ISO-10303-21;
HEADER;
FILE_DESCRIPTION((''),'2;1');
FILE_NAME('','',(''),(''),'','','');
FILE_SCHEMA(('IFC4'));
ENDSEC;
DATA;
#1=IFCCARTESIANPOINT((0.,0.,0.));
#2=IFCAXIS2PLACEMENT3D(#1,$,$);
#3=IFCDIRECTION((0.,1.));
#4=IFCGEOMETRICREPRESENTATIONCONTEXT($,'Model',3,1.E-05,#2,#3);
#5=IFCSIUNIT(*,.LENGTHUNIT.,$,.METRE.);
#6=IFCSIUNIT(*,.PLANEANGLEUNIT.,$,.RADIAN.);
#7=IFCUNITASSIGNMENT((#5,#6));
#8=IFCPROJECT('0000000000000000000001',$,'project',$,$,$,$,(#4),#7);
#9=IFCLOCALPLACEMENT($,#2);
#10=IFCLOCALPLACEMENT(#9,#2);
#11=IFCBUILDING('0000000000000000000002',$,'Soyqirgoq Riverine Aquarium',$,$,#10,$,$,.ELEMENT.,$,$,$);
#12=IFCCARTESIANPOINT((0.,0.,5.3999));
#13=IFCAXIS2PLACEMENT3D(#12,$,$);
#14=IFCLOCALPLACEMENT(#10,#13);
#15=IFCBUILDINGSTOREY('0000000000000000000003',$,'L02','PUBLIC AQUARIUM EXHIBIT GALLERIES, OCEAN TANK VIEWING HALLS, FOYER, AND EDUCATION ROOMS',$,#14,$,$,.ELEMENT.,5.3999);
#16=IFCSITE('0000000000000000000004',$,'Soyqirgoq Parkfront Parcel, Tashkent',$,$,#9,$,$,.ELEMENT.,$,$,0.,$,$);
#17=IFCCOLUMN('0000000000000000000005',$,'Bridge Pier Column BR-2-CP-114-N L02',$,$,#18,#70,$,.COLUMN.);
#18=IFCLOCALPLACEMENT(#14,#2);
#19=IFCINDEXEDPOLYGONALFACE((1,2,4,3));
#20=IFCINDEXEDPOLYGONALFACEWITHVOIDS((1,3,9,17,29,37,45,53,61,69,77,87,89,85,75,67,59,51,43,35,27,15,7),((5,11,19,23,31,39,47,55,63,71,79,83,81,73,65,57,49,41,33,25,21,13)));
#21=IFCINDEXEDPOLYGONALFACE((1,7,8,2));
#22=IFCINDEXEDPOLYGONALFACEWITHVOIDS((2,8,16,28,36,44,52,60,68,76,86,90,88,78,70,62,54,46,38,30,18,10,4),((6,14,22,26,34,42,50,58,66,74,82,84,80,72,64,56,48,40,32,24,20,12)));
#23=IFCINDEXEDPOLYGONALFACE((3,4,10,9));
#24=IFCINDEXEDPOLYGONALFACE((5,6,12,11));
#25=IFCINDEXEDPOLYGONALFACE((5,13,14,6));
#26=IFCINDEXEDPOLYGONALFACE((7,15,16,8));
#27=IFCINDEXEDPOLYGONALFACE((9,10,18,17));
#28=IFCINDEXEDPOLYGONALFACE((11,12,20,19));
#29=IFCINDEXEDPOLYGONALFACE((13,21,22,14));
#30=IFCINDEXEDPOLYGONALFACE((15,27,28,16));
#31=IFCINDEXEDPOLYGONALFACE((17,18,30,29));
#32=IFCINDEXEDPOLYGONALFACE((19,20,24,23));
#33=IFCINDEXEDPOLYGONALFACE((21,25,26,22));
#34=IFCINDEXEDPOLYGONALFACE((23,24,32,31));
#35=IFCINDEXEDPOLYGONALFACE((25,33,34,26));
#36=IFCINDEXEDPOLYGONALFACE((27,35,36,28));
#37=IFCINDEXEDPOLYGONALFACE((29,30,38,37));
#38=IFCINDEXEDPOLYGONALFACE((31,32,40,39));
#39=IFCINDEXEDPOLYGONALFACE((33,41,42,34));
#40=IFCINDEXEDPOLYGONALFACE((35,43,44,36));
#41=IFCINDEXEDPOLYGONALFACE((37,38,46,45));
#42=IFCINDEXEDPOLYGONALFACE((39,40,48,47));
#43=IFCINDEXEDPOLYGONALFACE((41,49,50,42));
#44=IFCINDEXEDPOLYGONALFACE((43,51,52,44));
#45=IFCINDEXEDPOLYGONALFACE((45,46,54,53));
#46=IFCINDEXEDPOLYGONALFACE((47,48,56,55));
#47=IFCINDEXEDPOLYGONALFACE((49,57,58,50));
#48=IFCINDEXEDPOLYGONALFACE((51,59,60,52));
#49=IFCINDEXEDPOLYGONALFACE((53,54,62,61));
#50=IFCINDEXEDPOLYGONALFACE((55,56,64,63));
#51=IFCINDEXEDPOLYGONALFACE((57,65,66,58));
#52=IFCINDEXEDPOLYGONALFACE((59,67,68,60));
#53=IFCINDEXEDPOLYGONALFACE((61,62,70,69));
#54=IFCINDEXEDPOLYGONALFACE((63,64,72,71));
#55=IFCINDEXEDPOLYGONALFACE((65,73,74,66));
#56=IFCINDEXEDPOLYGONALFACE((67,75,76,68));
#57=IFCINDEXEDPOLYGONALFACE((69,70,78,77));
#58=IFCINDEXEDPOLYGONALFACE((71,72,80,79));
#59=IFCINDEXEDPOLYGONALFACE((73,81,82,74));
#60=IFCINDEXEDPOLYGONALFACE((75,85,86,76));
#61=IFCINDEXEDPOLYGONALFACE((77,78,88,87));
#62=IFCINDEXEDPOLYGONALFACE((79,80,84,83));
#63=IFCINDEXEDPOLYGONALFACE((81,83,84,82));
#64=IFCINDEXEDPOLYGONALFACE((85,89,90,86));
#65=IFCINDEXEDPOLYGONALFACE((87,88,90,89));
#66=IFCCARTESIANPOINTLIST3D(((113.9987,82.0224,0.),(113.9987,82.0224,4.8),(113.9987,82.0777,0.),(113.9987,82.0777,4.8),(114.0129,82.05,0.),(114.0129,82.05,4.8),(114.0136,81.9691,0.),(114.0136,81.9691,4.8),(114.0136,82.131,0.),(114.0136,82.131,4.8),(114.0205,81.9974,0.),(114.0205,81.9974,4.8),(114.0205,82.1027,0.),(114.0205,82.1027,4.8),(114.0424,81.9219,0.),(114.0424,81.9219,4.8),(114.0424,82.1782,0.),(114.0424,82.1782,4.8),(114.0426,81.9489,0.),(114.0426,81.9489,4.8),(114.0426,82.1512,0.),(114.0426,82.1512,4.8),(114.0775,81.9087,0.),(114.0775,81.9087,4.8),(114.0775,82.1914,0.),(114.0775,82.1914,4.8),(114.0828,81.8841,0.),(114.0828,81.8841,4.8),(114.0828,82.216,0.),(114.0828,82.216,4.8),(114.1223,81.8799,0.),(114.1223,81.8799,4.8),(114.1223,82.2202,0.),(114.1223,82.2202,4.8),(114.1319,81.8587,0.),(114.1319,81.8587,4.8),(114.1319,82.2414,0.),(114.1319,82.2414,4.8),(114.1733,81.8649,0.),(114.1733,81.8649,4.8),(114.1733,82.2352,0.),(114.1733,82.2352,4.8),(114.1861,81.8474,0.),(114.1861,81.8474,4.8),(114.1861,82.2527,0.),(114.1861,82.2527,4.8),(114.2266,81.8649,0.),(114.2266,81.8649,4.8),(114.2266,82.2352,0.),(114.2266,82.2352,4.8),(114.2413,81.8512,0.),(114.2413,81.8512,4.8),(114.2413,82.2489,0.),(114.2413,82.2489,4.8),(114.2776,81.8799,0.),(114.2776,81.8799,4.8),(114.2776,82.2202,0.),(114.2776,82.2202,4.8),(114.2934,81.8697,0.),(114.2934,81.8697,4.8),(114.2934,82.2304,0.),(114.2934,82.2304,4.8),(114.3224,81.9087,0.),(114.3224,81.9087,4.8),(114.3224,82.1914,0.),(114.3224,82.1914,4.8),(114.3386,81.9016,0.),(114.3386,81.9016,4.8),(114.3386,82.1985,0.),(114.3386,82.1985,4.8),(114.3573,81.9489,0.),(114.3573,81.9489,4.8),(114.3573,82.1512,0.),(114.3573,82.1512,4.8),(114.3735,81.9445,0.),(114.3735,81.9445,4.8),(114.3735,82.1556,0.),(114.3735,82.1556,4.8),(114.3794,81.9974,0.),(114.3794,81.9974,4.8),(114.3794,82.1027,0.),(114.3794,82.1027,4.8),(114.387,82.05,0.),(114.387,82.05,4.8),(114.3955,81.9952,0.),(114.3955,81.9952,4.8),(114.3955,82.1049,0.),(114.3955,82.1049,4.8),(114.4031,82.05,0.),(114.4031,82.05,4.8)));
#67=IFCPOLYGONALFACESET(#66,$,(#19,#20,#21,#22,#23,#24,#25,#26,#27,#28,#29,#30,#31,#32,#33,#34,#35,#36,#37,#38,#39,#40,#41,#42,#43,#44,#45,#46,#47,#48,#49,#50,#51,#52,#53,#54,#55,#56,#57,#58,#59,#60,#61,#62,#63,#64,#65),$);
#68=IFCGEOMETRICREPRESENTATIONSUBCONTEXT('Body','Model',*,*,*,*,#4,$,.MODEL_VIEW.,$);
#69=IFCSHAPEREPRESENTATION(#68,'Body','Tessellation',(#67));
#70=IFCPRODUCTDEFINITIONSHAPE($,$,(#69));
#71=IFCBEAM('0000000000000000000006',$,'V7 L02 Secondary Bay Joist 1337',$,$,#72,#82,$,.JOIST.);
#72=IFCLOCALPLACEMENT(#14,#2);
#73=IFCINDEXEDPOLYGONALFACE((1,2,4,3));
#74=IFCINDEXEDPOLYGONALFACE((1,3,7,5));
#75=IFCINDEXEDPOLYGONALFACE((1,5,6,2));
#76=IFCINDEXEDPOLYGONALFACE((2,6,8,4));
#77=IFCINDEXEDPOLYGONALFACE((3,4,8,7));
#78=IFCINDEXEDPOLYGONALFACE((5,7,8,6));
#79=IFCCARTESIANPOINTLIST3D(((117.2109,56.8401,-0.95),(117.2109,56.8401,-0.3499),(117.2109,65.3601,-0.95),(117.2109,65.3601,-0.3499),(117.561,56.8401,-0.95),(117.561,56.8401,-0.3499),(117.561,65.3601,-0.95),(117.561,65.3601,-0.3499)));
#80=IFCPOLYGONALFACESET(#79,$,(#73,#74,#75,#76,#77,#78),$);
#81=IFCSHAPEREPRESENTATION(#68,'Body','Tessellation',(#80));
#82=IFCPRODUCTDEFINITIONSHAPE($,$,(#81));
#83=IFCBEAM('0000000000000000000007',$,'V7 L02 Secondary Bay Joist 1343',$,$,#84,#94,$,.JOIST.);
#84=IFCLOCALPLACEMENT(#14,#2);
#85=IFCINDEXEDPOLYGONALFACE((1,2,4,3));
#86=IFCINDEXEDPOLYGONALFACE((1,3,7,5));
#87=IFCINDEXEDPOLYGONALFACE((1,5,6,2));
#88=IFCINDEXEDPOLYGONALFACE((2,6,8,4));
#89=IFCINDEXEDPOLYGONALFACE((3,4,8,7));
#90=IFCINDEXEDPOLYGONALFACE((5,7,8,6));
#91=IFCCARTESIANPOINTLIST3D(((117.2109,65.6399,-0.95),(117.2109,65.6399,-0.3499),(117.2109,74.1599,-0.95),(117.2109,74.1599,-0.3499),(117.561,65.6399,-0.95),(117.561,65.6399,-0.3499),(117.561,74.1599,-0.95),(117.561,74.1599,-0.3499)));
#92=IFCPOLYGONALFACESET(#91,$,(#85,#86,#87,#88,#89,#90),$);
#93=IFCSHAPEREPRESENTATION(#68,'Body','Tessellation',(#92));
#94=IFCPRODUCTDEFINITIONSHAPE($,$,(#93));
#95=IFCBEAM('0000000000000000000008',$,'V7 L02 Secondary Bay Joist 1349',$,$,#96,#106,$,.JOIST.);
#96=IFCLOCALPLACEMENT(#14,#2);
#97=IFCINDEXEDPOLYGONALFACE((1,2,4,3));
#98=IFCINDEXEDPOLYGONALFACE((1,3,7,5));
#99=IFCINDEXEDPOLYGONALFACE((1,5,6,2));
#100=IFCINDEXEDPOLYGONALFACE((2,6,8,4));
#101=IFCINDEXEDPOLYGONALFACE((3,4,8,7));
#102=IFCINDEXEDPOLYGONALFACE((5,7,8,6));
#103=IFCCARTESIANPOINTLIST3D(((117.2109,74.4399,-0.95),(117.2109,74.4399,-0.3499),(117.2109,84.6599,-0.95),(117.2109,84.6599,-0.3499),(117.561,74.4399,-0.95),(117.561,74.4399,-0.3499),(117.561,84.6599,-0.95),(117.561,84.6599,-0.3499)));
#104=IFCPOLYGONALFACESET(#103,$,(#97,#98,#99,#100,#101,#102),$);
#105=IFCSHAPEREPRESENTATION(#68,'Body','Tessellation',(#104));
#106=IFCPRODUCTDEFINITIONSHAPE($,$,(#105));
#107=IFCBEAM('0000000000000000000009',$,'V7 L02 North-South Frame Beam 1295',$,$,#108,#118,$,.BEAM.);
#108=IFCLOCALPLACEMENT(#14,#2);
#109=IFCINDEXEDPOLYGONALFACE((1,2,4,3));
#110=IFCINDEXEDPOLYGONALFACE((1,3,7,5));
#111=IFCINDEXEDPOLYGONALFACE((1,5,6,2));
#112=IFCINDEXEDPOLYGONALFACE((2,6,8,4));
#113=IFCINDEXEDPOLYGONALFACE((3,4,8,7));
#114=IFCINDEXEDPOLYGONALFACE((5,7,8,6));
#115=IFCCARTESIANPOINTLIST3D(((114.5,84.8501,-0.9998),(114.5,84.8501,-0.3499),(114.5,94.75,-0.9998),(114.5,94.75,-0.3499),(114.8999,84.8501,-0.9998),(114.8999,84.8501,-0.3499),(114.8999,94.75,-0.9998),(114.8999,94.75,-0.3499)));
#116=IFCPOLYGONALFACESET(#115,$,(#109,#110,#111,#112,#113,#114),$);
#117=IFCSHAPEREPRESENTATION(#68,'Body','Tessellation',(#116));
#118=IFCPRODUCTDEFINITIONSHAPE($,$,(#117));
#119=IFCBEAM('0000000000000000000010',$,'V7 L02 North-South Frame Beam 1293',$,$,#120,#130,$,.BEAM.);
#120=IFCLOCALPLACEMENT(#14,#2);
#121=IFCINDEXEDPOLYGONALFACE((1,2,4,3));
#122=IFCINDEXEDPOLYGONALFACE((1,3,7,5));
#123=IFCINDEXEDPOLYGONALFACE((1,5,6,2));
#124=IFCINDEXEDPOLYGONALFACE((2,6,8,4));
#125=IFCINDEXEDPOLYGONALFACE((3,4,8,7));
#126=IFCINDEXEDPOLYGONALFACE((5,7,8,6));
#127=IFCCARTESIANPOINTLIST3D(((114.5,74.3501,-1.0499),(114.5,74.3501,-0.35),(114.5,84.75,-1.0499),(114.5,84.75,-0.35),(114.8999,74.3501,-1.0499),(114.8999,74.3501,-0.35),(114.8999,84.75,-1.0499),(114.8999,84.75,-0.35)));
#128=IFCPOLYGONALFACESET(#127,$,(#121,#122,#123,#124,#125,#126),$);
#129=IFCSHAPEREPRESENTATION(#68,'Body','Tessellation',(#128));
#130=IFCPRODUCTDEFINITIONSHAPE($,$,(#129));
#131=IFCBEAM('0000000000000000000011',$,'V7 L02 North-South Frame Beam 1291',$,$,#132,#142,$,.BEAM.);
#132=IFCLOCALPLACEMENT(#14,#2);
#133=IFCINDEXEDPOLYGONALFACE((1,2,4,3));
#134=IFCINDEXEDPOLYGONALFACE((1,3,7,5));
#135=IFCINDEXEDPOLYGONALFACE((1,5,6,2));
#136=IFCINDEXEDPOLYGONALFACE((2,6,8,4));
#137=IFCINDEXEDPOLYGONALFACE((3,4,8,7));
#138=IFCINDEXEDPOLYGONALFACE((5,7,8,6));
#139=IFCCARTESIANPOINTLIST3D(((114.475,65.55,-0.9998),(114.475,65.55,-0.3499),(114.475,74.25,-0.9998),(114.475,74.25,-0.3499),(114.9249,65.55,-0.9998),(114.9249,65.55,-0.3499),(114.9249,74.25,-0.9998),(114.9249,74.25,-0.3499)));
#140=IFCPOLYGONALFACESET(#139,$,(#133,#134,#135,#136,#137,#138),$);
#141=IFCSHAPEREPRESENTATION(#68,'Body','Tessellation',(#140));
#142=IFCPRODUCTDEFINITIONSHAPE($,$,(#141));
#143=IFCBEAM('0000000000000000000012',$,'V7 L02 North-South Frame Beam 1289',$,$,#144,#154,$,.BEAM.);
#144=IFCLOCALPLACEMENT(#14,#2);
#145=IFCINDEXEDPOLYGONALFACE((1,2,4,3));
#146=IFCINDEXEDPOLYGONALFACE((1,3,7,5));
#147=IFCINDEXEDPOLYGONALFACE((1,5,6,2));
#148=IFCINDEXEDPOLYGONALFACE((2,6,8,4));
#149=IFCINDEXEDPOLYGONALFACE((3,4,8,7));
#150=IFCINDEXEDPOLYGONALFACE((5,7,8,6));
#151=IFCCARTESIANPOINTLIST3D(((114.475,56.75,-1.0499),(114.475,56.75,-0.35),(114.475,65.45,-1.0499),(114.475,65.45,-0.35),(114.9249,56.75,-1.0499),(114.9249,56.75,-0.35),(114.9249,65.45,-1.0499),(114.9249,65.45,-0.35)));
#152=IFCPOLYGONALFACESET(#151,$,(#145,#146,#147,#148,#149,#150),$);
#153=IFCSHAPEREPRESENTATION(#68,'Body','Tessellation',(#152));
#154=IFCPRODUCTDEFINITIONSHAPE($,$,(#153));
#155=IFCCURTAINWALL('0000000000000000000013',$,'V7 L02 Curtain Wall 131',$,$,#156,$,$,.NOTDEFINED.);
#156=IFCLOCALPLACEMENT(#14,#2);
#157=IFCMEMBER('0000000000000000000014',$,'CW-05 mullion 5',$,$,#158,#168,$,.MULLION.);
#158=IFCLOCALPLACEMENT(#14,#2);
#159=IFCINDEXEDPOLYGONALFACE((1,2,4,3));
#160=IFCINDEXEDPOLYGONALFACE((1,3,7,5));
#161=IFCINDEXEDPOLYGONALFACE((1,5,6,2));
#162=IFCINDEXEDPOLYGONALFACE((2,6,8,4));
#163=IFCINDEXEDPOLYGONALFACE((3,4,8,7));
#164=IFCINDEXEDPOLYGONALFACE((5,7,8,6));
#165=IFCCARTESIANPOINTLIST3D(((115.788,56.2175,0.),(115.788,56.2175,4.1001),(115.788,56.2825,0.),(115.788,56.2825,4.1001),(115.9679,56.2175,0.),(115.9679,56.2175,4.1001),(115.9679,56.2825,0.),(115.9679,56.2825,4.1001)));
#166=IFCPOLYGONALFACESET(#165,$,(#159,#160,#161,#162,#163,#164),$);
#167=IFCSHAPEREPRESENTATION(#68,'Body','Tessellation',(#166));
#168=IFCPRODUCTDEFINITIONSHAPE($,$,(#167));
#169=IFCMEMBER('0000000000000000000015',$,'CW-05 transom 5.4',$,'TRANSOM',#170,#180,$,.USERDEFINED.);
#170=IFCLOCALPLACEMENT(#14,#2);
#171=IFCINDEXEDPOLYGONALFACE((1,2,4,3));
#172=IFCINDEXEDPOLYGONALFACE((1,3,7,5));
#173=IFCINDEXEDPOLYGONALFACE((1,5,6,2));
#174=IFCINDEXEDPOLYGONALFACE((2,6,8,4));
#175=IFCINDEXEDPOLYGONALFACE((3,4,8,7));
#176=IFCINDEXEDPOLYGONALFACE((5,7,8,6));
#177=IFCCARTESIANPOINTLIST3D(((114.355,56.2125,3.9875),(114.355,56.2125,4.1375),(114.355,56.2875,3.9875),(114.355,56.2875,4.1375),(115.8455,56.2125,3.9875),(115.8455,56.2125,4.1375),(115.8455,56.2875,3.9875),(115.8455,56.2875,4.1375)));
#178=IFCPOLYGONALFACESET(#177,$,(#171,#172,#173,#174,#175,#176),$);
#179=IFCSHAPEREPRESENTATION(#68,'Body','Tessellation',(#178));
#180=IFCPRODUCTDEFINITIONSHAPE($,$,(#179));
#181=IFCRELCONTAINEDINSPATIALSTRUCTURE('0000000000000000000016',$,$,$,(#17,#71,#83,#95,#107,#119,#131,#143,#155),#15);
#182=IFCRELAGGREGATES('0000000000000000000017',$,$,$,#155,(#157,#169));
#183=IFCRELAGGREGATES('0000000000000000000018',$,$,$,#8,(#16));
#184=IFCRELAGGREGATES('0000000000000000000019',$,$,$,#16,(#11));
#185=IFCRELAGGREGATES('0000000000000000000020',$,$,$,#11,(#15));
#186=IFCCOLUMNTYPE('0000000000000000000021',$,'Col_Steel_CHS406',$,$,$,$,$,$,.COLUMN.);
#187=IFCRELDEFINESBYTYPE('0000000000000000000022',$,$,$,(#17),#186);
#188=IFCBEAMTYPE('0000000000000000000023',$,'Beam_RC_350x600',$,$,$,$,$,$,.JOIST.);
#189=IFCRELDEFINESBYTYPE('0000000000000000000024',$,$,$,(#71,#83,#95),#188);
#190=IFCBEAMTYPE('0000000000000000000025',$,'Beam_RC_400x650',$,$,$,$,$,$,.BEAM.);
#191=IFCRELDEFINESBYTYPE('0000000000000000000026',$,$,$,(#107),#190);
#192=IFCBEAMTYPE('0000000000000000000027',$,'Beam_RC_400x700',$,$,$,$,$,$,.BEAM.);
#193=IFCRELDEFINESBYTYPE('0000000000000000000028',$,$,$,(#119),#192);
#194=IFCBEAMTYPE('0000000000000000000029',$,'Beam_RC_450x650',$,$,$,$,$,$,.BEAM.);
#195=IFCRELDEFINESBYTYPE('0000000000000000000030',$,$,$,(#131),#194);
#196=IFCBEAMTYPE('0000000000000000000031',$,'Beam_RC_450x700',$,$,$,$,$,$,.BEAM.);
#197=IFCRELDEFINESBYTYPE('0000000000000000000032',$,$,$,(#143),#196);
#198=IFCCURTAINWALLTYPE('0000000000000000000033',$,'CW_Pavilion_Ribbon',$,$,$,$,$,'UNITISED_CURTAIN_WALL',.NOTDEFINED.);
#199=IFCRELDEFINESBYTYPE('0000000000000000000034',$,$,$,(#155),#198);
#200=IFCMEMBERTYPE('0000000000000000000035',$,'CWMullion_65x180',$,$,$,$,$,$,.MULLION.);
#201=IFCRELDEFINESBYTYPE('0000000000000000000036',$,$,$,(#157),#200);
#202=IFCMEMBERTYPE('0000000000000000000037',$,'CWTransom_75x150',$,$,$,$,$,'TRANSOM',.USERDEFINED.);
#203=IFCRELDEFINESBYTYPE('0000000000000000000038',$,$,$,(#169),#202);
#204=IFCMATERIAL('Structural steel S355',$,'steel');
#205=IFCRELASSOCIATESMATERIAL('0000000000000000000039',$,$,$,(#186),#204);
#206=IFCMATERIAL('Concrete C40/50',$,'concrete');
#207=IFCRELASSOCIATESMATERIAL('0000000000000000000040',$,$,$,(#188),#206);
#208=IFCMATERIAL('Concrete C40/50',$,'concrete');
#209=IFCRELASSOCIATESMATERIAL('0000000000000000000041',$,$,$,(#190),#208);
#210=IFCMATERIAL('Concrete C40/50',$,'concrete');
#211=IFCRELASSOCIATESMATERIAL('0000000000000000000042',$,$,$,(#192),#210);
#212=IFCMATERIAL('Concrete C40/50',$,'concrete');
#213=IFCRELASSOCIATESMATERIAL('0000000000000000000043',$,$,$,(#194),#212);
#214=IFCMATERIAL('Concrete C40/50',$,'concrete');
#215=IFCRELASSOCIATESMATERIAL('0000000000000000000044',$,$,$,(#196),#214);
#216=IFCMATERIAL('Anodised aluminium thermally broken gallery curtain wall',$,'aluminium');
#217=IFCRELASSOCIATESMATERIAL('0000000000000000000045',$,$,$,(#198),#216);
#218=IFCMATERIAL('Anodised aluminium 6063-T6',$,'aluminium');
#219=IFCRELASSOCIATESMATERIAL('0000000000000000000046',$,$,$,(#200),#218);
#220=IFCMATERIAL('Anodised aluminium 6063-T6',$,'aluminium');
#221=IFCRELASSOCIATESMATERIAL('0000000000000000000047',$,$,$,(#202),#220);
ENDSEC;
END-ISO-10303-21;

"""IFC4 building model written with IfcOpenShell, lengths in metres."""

from ifc_helpers import new_model, si_unit, direction, frame, origin, origin_2d, place, context, subcontext, project, spatial, rectangle, hollow_circle, extrude, material, material_profile, profile_set, type_object, element, aggregate, save


model = new_model("IFC4")

# Units and contexts
model_context = context("Model", 3, precision=1e-05, world=origin(), true_north=direction((0.0, 1.0)))
body_context = subcontext(model_context, "Body", "Model", "MODEL_VIEW")
ifc_project = project(units=[si_unit("LENGTHUNIT", "METRE"), si_unit("PLANEANGLEUNIT", "RADIAN")], contexts=[model_context])

# Site, building, storey
site_placement = place(None, origin())
site = spatial("IfcSite", under=ifc_project, at=site_placement, Name="Soyqirgoq Parkfront Parcel, Tashkent", CompositionType="ELEMENT", RefElevation=0.0)
building_placement = place(site_placement, origin())
building = spatial("IfcBuilding", under=site, at=building_placement, Name="Soyqirgoq Riverine Aquarium", CompositionType="ELEMENT")
storey_placement = place(building_placement, frame((0.0, 0.0, 5.3999)))
storey = spatial("IfcBuildingStorey", under=building, at=storey_placement, Name="L02", Description="PUBLIC AQUARIUM EXHIBIT GALLERIES, OCEAN TANK VIEWING HALLS, FOYER, AND EDUCATION ROOMS", CompositionType="ELEMENT", Elevation=5.3999)

# Column
ifc_material_1 = material(Name="Structural steel S355", Category="steel")
ifc_material_profile_1 = material_profile(ifc_material_1, hollow_circle(Radius=0.2031, WallThickness=0.0161, at=origin_2d()), Name="CHS 406.4x16")
ifc_profile_set_1 = profile_set([ifc_material_profile_1], Name="Structural steel S355")
column_type_1 = type_object("IfcColumnType", Name="Col_Steel_CHS406", PredefinedType="COLUMN", material=ifc_profile_set_1)
for number, where, z_axis, x_axis, name in (
    (1, (114.2, 82.05, 0.0), (0.0, 0.0, 1.0), (1.0, 0.0, 0.0), "Bridge Pier Column BR-2-CP-114-N L02"),
):
    element("IfcColumn", number, at=place(storey_placement, frame(where, z_axis=z_axis, x_axis=x_axis)), inside=storey, type_object=column_type_1, Name=name, PredefinedType="COLUMN", context=body_context, shape_type="SweptSolid", body=[
        extrude(hollow_circle(Radius=0.2031, WallThickness=0.0161, at=origin_2d()), origin(), (0.0, 0.0, 1.0), 4.8),
    ])

# Beams
ifc_material_2 = material(Name="Concrete C40/50", Category="concrete")
ifc_material_profile_2 = material_profile(ifc_material_2, rectangle(XDim=0.3501, YDim=0.6001, at=origin_2d()), Name="RC 350x600")
ifc_profile_set_2 = profile_set([ifc_material_profile_2], Name="Concrete C40/50")
beam_type_1 = type_object("IfcBeamType", Name="Beam_RC_350x600", PredefinedType="JOIST", material=ifc_profile_set_2)
for number, where, z_axis, x_axis, name in (
    (2, (117.386, 56.8401, -0.6499), (0.0, 1.0, 0.0), (-1.0, 0.0, 0.0), "V7 L02 Secondary Bay Joist 1337"),
    (3, (117.386, 65.6399, -0.6499), (0.0, 1.0, 0.0), (-1.0, 0.0, 0.0), "V7 L02 Secondary Bay Joist 1343"),
):
    element("IfcBeam", number, at=place(storey_placement, frame(where, z_axis=z_axis, x_axis=x_axis)), inside=storey, type_object=beam_type_1, Name=name, PredefinedType="JOIST", context=body_context, shape_type="SweptSolid", body=[
        extrude(rectangle(XDim=0.3501, YDim=0.6001, at=origin_2d()), origin(), (0.0, 0.0, 1.0), 8.52),
    ])
beam_1_placement = place(storey_placement, frame((117.386, 74.4399, -0.6499), z_axis=(0.0, 1.0, 0.0), x_axis=(-1.0, 0.0, 0.0)))
element("IfcBeam", 4, at=beam_1_placement, inside=storey, type_object=beam_type_1, Name="V7 L02 Secondary Bay Joist 1349", PredefinedType="JOIST", context=body_context, shape_type="SweptSolid", body=[
    extrude(rectangle(XDim=0.3501, YDim=0.6001, at=origin_2d()), origin(), (0.0, 0.0, 1.0), 10.22),
])
ifc_material_3 = material(Name="Concrete C40/50", Category="concrete")
ifc_material_profile_3 = material_profile(ifc_material_3, rectangle(XDim=0.3999, YDim=0.6499, at=origin_2d()), Name="RC 400x650")
ifc_profile_set_3 = profile_set([ifc_material_profile_3], Name="Concrete C40/50")
beam_type_2 = type_object("IfcBeamType", Name="Beam_RC_400x650", PredefinedType="BEAM", material=ifc_profile_set_3)
beam_2_placement = place(storey_placement, frame((114.7, 84.8501, -0.6748), z_axis=(0.0, 1.0, 0.0), x_axis=(-1.0, 0.0, 0.0)))
element("IfcBeam", 5, at=beam_2_placement, inside=storey, type_object=beam_type_2, Name="V7 L02 North-South Frame Beam 1295", PredefinedType="BEAM", context=body_context, shape_type="SweptSolid", body=[
    extrude(rectangle(XDim=0.3999, YDim=0.6499, at=origin_2d()), origin(), (0.0, 0.0, 1.0), 9.8999),
])
ifc_material_4 = material(Name="Concrete C40/50", Category="concrete")
ifc_material_profile_4 = material_profile(ifc_material_4, rectangle(XDim=0.3999, YDim=0.7, at=origin_2d()), Name="RC 400x700")
ifc_profile_set_4 = profile_set([ifc_material_profile_4], Name="Concrete C40/50")
beam_type_3 = type_object("IfcBeamType", Name="Beam_RC_400x700", PredefinedType="BEAM", material=ifc_profile_set_4)
beam_3_placement = place(storey_placement, frame((114.7, 74.3501, -0.7), z_axis=(0.0, 1.0, 0.0), x_axis=(-1.0, 0.0, 0.0)))
element("IfcBeam", 6, at=beam_3_placement, inside=storey, type_object=beam_type_3, Name="V7 L02 North-South Frame Beam 1293", PredefinedType="BEAM", context=body_context, shape_type="SweptSolid", body=[
    extrude(rectangle(XDim=0.3999, YDim=0.7, at=origin_2d()), origin(), (0.0, 0.0, 1.0), 10.3999),
])
ifc_material_5 = material(Name="Concrete C40/50", Category="concrete")
ifc_material_profile_5 = material_profile(ifc_material_5, rectangle(XDim=0.45, YDim=0.6499, at=origin_2d()), Name="RC 450x650")
ifc_profile_set_5 = profile_set([ifc_material_profile_5], Name="Concrete C40/50")
beam_type_4 = type_object("IfcBeamType", Name="Beam_RC_450x650", PredefinedType="BEAM", material=ifc_profile_set_5)
beam_4_placement = place(storey_placement, frame((114.7, 65.55, -0.6748), z_axis=(0.0, 1.0, 0.0), x_axis=(-1.0, 0.0, 0.0)))
element("IfcBeam", 7, at=beam_4_placement, inside=storey, type_object=beam_type_4, Name="V7 L02 North-South Frame Beam 1291", PredefinedType="BEAM", context=body_context, shape_type="SweptSolid", body=[
    extrude(rectangle(XDim=0.45, YDim=0.6499, at=origin_2d()), origin(), (0.0, 0.0, 1.0), 8.7),
])
ifc_material_6 = material(Name="Concrete C40/50", Category="concrete")
ifc_material_profile_6 = material_profile(ifc_material_6, rectangle(XDim=0.45, YDim=0.7, at=origin_2d()), Name="RC 450x700")
ifc_profile_set_6 = profile_set([ifc_material_profile_6], Name="Concrete C40/50")
beam_type_5 = type_object("IfcBeamType", Name="Beam_RC_450x700", PredefinedType="BEAM", material=ifc_profile_set_6)
beam_5_placement = place(storey_placement, frame((114.7, 56.75, -0.7), z_axis=(0.0, 1.0, 0.0), x_axis=(-1.0, 0.0, 0.0)))
element("IfcBeam", 8, at=beam_5_placement, inside=storey, type_object=beam_type_5, Name="V7 L02 North-South Frame Beam 1289", PredefinedType="BEAM", context=body_context, shape_type="SweptSolid", body=[
    extrude(rectangle(XDim=0.45, YDim=0.7, at=origin_2d()), origin(), (0.0, 0.0, 1.0), 8.7),
])

# Curtain wall, members
ifc_material_7 = material(Name="Anodised aluminium thermally broken gallery curtain wall", Category="aluminium")
curtain_wall_type = type_object("IfcCurtainWallType", Name="CW_Pavilion_Ribbon", ElementType="UNITISED_CURTAIN_WALL", PredefinedType="NOTDEFINED", material=ifc_material_7)
curtain_wall_placement = place(storey_placement, origin())
curtain_wall = element("IfcCurtainWall", 9, at=curtain_wall_placement, inside=storey, type_object=curtain_wall_type, Name="V7 L02 Curtain Wall 131", PredefinedType="NOTDEFINED")
ifc_material_8 = material(Name="Anodised aluminium 6063-T6", Category="aluminium")
ifc_material_profile_7 = material_profile(ifc_material_8, rectangle(XDim=0.0649, YDim=0.1799, at=origin_2d()), Name="ALU-M 65x180")
ifc_profile_set_7 = profile_set([ifc_material_profile_7], Name="Anodised aluminium 6063-T6")
member_type_1 = type_object("IfcMemberType", Name="CWMullion_65x180", PredefinedType="MULLION", material=ifc_profile_set_7)
member_1_placement = place(storey_placement, frame((115.8779, 56.25, 0.0), z_axis=(0.0, 0.0, 1.0), x_axis=(0.0, -1.0, 0.0)))
member_1 = element("IfcMember", 10, at=member_1_placement, type_object=member_type_1, Name="CW-05 mullion 5", PredefinedType="MULLION", context=body_context, shape_type="SweptSolid", body=[
    extrude(rectangle(XDim=0.0649, YDim=0.1799, at=origin_2d()), origin(), (0.0, 0.0, 1.0), 4.1001),
])
ifc_material_9 = material(Name="Anodised aluminium 6063-T6", Category="aluminium")
ifc_material_profile_8 = material_profile(ifc_material_9, rectangle(XDim=0.075, YDim=0.1499, at=origin_2d()), Name="ALU-T 75x150")
ifc_profile_set_8 = profile_set([ifc_material_profile_8], Name="Anodised aluminium 6063-T6")
member_type_2 = type_object("IfcMemberType", Name="CWTransom_75x150", ElementType="TRANSOM", PredefinedType="USERDEFINED", material=ifc_profile_set_8)
member_2_placement = place(storey_placement, frame((115.8455, 56.25, 4.0625), z_axis=(-1.0, 0.0, 0.0), x_axis=(0.0, -1.0, 0.0)))
member_2 = element("IfcMember", 11, at=member_2_placement, type_object=member_type_2, Name="CW-05 transom 5.4", ObjectType="TRANSOM", PredefinedType="USERDEFINED", context=body_context, shape_type="SweptSolid", body=[
    extrude(rectangle(XDim=0.075, YDim=0.1499, at=origin_2d()), origin(), (0.0, 0.0, 1.0), 1.4905),
])

aggregate(curtain_wall, [member_1, member_2])

save(model, "model.ifc")
